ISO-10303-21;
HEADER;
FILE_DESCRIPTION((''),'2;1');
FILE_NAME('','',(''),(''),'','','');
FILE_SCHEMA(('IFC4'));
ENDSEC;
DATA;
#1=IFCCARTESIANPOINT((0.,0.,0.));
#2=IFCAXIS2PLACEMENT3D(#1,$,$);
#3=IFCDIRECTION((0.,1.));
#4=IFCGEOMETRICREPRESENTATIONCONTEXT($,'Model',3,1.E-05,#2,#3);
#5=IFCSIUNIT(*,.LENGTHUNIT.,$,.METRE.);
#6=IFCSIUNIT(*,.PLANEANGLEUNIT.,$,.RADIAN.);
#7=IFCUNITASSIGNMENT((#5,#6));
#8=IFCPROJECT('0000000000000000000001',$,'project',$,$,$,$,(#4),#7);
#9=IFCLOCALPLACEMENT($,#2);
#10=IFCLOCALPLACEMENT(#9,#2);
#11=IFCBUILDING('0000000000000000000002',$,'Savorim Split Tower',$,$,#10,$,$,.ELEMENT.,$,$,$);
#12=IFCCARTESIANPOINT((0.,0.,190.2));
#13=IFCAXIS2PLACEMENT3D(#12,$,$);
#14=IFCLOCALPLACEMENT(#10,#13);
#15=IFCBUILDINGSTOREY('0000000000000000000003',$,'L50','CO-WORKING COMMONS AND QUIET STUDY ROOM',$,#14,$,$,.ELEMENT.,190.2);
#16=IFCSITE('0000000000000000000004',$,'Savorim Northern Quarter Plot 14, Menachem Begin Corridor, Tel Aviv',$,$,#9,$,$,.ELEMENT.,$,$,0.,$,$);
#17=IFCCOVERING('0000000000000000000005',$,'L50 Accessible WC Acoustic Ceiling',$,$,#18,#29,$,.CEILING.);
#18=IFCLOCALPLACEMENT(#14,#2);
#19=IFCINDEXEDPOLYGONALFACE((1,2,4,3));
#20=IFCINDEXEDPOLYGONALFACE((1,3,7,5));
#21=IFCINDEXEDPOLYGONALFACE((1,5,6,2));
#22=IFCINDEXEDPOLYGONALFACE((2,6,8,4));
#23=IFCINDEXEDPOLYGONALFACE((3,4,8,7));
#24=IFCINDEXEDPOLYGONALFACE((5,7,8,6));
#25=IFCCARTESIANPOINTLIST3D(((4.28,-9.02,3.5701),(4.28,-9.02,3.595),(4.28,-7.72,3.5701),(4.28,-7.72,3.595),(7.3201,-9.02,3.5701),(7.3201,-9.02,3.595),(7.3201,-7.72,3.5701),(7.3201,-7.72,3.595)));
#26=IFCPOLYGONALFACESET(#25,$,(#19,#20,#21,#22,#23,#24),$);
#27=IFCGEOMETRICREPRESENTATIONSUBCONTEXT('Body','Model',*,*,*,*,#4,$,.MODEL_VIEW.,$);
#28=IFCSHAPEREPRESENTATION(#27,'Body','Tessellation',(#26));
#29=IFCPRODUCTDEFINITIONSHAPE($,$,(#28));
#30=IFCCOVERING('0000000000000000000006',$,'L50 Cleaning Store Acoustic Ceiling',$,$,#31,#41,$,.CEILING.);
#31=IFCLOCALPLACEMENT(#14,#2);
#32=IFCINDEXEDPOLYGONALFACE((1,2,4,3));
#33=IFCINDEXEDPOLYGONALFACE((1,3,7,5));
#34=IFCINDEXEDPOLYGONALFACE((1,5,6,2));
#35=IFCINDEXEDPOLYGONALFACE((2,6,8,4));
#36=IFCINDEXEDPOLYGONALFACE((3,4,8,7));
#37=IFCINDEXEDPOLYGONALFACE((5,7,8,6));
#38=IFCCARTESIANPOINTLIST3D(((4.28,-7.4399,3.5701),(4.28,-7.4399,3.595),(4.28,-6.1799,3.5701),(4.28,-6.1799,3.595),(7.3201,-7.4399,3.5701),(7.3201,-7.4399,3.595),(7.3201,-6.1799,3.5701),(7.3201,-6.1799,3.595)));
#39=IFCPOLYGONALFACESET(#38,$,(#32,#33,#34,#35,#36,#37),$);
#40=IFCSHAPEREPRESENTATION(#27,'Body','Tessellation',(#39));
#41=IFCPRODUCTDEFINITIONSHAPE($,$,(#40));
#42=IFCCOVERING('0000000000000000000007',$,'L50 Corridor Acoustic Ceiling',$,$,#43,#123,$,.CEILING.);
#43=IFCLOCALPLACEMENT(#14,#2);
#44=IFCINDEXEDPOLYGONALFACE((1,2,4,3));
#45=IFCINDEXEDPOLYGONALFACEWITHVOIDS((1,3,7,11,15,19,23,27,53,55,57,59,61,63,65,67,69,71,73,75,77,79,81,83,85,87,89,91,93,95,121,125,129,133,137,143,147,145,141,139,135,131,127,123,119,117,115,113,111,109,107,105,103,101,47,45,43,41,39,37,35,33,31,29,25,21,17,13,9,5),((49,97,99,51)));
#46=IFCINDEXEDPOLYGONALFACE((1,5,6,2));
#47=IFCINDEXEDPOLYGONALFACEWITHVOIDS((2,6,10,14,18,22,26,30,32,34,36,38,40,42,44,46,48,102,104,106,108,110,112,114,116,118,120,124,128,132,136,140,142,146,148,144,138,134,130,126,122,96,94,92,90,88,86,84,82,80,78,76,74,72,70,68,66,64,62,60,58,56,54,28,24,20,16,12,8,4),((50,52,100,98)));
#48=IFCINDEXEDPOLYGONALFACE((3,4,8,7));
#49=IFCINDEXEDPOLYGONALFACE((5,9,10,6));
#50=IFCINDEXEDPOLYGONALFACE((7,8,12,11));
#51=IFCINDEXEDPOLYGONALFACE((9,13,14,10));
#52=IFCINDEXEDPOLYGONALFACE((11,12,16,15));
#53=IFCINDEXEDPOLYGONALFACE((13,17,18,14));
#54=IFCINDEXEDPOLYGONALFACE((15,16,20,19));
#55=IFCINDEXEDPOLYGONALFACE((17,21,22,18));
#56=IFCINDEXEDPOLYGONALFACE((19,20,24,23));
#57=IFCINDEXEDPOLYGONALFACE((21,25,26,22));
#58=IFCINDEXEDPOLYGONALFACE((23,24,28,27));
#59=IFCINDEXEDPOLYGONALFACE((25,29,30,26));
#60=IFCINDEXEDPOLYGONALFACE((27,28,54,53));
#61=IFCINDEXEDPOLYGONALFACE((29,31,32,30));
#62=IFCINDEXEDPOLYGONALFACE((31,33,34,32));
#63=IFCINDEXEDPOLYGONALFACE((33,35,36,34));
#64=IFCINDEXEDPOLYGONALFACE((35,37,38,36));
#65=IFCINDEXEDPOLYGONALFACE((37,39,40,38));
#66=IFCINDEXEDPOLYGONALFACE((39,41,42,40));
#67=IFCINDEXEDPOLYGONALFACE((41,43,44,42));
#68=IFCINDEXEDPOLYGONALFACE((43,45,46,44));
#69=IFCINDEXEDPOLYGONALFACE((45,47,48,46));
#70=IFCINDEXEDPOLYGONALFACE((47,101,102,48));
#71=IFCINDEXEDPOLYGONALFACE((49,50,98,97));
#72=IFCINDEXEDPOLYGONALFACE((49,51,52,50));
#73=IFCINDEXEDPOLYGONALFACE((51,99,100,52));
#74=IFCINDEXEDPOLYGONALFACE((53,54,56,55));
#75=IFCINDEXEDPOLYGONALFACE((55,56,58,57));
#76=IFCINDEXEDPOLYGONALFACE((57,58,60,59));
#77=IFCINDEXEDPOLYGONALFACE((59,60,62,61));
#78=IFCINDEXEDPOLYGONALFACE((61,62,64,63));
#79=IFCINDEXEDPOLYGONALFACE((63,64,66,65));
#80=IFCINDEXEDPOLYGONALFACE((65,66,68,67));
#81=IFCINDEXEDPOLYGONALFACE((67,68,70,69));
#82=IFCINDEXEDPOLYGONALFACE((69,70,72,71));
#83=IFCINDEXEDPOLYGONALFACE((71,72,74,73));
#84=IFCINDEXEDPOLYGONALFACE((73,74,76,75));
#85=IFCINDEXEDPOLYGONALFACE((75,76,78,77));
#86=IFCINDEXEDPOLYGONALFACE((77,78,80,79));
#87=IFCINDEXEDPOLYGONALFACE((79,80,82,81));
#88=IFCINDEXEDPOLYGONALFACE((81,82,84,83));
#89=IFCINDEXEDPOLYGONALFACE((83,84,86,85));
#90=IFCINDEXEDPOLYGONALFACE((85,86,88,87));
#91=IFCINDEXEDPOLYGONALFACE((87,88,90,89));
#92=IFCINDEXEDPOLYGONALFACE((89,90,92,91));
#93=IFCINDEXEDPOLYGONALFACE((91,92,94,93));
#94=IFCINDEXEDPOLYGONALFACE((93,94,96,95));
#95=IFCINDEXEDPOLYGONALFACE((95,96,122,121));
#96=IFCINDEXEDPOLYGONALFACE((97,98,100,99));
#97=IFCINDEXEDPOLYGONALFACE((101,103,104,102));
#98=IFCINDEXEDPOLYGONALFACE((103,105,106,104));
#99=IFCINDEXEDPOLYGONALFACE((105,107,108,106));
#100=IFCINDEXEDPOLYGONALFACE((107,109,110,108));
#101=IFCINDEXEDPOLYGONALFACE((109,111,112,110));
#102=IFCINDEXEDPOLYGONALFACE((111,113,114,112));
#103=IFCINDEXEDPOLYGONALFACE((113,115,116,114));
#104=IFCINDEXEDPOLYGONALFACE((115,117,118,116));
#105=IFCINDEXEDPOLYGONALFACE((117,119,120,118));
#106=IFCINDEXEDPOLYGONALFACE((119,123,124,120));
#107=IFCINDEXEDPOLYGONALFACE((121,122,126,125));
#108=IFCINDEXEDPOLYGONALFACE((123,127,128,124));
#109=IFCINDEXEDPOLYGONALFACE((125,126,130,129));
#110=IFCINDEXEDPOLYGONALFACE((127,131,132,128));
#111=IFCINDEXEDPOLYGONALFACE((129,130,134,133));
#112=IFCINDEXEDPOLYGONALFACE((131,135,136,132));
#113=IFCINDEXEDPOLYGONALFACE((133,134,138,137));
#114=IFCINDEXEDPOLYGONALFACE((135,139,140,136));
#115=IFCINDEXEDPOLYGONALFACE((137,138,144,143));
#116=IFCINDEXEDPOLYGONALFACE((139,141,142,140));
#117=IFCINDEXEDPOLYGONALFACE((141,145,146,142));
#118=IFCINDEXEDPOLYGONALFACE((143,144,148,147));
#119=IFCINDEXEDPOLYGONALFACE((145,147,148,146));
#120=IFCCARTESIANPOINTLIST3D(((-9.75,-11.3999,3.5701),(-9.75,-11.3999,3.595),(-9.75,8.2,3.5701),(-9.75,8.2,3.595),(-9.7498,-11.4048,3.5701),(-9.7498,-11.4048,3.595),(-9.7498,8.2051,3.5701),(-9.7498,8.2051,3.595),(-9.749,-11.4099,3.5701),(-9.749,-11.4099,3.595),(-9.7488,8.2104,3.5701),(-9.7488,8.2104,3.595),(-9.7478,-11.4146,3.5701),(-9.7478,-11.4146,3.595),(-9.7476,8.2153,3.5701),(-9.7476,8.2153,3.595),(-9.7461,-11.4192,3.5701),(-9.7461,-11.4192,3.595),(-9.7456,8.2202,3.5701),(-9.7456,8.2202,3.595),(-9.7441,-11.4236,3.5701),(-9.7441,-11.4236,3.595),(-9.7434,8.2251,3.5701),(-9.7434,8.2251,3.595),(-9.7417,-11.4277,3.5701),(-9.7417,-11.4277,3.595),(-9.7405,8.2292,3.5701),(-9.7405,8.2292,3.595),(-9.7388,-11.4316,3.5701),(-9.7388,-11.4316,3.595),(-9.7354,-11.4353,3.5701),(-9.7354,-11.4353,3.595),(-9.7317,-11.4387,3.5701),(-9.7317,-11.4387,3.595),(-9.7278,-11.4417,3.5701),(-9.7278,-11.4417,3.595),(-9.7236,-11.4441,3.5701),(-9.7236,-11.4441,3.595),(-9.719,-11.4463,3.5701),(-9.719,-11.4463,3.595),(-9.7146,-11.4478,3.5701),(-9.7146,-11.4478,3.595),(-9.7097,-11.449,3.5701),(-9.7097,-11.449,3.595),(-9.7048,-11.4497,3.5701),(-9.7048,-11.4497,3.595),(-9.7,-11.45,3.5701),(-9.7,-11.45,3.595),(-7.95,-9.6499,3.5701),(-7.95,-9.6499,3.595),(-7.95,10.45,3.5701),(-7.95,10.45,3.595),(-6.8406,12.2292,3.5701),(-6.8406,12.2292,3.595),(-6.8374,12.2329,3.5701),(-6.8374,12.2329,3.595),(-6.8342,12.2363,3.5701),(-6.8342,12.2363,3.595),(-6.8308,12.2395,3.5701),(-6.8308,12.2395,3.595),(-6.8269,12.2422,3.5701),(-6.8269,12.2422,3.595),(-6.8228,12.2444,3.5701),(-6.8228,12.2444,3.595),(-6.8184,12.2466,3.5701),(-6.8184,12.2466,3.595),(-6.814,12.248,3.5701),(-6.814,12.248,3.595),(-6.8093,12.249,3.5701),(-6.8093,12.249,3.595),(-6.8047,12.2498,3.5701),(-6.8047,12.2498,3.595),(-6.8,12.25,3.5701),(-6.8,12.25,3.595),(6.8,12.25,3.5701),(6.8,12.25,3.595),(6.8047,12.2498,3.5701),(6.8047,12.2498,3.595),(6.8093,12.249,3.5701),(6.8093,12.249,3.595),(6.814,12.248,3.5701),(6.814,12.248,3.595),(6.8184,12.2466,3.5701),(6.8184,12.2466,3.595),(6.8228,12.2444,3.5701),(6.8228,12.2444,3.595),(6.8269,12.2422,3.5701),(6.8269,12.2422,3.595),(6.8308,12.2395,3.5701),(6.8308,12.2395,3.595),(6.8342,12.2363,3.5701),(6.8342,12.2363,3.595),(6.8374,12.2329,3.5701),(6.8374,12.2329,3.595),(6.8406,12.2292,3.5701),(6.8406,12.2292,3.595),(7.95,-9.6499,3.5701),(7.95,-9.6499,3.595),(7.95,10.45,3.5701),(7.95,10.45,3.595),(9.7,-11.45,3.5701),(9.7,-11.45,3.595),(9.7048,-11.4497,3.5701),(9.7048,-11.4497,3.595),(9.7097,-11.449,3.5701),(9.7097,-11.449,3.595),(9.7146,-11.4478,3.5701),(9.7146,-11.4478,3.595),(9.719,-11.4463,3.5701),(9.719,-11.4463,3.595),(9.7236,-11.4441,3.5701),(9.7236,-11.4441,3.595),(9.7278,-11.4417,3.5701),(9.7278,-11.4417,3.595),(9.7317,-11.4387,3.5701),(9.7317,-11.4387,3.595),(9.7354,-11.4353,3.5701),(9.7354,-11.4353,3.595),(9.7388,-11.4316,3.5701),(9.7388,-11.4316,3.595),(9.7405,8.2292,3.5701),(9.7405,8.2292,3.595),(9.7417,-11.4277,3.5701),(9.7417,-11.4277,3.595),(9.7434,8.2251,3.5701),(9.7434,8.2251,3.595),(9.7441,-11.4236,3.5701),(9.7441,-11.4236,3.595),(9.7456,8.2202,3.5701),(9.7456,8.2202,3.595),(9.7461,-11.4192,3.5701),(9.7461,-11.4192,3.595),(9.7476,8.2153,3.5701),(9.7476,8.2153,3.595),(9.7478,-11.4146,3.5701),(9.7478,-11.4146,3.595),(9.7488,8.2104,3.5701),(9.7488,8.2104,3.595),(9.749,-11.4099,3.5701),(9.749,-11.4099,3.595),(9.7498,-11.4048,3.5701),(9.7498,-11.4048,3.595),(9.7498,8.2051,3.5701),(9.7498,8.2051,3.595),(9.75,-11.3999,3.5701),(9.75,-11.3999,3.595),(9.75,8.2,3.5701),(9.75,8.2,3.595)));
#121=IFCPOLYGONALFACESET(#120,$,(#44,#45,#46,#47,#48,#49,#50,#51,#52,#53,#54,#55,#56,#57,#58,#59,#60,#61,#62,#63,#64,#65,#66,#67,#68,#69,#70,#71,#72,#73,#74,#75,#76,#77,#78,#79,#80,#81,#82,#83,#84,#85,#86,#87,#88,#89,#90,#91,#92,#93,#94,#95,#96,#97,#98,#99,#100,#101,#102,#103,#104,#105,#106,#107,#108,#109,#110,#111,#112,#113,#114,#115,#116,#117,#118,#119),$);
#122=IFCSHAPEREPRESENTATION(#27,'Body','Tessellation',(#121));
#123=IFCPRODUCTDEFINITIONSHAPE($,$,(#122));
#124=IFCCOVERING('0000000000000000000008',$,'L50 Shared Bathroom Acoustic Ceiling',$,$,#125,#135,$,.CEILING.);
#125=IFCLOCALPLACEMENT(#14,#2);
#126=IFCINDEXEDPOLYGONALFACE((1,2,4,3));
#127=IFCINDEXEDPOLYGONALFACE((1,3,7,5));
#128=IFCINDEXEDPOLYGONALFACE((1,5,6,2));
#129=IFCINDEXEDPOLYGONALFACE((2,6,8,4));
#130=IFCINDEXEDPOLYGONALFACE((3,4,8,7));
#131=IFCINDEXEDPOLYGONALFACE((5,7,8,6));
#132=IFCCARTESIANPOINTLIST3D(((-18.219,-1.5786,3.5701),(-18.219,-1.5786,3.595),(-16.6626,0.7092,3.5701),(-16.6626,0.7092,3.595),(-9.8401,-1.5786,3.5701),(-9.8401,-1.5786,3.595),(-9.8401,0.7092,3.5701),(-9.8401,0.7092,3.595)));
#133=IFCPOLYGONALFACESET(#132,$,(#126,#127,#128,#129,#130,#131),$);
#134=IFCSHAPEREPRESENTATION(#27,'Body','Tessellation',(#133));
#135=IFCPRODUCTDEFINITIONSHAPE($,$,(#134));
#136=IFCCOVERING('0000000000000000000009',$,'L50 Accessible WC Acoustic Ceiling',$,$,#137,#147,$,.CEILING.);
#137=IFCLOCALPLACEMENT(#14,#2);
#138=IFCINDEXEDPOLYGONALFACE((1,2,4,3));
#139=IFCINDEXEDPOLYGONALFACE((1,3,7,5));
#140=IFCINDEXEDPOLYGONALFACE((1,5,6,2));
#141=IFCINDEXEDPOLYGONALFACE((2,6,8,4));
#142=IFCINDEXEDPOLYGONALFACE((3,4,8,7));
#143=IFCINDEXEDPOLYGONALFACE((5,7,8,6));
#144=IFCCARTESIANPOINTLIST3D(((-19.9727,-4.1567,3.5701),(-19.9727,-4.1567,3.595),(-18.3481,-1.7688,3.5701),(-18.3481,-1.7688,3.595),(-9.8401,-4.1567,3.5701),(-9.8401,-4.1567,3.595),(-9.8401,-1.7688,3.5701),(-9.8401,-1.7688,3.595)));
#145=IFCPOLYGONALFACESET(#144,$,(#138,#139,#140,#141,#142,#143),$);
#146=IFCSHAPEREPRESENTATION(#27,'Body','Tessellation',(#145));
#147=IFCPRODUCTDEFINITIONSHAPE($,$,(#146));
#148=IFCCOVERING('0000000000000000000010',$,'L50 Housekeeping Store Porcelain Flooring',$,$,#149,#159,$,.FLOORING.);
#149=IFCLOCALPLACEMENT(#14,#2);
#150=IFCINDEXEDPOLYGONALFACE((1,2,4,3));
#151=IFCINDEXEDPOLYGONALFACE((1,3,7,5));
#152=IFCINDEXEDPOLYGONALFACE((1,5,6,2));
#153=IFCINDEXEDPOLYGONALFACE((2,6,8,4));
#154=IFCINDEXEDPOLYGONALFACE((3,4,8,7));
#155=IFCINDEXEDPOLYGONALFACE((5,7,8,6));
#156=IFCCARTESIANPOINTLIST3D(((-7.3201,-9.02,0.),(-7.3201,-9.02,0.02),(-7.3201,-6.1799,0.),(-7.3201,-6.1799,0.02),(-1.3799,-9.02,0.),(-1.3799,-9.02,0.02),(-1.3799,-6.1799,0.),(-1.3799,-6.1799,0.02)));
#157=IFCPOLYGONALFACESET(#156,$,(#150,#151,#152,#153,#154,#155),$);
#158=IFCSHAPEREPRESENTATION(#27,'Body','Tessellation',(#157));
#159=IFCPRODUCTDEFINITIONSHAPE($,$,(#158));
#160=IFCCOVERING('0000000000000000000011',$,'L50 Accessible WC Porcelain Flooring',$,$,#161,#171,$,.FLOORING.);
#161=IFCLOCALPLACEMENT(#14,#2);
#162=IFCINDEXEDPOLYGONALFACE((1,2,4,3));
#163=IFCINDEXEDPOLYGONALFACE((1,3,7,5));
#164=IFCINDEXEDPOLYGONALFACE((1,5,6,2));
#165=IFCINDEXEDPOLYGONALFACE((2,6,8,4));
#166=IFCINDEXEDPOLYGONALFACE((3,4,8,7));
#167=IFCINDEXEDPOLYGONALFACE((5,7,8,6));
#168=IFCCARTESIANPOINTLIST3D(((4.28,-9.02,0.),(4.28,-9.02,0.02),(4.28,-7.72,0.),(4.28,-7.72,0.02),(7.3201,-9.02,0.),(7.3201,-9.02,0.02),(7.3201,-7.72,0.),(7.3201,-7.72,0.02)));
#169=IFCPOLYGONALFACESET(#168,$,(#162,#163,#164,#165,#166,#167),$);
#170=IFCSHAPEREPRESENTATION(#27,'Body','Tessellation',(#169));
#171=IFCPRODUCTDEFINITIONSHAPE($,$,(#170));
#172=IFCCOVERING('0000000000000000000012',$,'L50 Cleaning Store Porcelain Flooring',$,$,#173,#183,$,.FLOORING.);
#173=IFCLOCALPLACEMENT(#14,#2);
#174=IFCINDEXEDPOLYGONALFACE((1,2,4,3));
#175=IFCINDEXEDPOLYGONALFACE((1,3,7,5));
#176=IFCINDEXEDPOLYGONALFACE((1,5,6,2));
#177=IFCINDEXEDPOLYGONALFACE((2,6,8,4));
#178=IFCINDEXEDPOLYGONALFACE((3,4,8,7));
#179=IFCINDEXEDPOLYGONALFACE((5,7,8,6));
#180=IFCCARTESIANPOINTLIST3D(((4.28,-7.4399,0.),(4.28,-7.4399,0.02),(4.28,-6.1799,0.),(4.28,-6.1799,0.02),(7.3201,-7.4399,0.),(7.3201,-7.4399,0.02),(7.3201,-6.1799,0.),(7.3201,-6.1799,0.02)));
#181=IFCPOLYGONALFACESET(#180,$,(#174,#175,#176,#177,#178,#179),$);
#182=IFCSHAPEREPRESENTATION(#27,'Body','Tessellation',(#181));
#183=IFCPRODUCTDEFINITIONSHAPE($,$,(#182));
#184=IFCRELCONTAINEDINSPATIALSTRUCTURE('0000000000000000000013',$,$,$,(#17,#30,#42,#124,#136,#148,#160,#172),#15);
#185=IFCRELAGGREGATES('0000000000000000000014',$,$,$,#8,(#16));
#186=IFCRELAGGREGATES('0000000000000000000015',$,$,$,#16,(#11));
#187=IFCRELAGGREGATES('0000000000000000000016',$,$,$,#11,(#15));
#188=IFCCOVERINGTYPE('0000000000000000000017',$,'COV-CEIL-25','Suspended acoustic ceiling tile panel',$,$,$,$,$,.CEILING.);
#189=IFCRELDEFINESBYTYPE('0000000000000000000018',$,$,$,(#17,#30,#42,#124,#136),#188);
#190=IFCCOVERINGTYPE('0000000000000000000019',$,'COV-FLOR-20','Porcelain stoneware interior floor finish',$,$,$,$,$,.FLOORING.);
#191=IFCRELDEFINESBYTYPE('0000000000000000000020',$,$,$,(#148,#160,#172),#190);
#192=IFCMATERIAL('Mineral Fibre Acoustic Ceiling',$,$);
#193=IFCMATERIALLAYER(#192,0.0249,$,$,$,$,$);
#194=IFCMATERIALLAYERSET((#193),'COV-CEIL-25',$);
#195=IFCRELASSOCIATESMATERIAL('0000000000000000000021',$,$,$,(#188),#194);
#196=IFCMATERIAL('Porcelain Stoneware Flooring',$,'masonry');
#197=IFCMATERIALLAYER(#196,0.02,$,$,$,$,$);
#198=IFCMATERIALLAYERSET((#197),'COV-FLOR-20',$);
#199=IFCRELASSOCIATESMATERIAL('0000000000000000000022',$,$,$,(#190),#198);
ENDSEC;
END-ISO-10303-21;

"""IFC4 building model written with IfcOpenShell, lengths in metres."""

from ifc_helpers import new_model, si_unit, direction, frame, origin, place, context, subcontext, project, spatial, polyline, outline, extrude, material, layer, layer_set, type_object, element, save


model = new_model("IFC4")

# Units and contexts
model_context = context("Model", 3, precision=1e-05, world=origin(), true_north=direction((0.0, 1.0)))
body_context = subcontext(model_context, "Body", "Model", "MODEL_VIEW")
ifc_project = project(units=[si_unit("LENGTHUNIT", "METRE"), si_unit("PLANEANGLEUNIT", "RADIAN")], contexts=[model_context])

# Site, building, storey
site_placement = place(None, origin())
site = spatial("IfcSite", under=ifc_project, at=site_placement, Name="Savorim Northern Quarter Plot 14, Menachem Begin Corridor, Tel Aviv", CompositionType="ELEMENT", RefElevation=0.0)
building_placement = place(site_placement, origin())
building = spatial("IfcBuilding", under=site, at=building_placement, Name="Savorim Split Tower", CompositionType="ELEMENT")
storey_placement = place(building_placement, frame((0.0, 0.0, 190.2)))
storey = spatial("IfcBuildingStorey", under=building, at=storey_placement, Name="L50", Description="CO-WORKING COMMONS AND QUIET STUDY ROOM", CompositionType="ELEMENT", Elevation=190.2)

# Coverings
ifc_material_1 = material(Name="Mineral Fibre Acoustic Ceiling")
ifc_layer_1 = layer(ifc_material_1, 0.0249)
ifc_layer_set_1 = layer_set([ifc_layer_1], Name="COV-CEIL-25")
covering_type_1 = type_object("IfcCoveringType", Name="COV-CEIL-25", Description="Suspended acoustic ceiling tile panel", PredefinedType="CEILING", material=ifc_layer_set_1)
covering_1_placement = place(storey_placement, frame((0.0, 0.0, 3.5701)))
element("IfcCovering", 1, at=covering_1_placement, inside=storey, type_object=covering_type_1, Name="L50 Accessible WC Acoustic Ceiling", PredefinedType="CEILING", context=body_context, shape_type="SweptSolid", body=[
    extrude(outline(polyline([(4.28, -7.72), (4.28, -9.02), (7.3201, -9.02), (7.3201, -7.72), (4.28, -7.72)])), origin(), (0.0, 0.0, 1.0), 0.0249),
])
covering_2_placement = place(storey_placement, frame((0.0, 0.0, 3.5701)))
element("IfcCovering", 2, at=covering_2_placement, inside=storey, type_object=covering_type_1, Name="L50 Cleaning Store Acoustic Ceiling", PredefinedType="CEILING", context=body_context, shape_type="SweptSolid", body=[
    extrude(outline(polyline([(4.28, -6.1799), (4.28, -7.4399), (7.3201, -7.4399), (7.3201, -6.1799), (4.28, -6.1799)])), origin(), (0.0, 0.0, 1.0), 0.0249),
])
covering_3_placement = place(storey_placement, frame((0.0, 0.0, 3.5701)))
element("IfcCovering", 3, at=covering_3_placement, inside=storey, type_object=covering_type_1, Name="L50 Corridor Acoustic Ceiling", PredefinedType="CEILING", context=body_context, shape_type="SweptSolid", body=[
    extrude(outline(polyline([(6.8093, 12.249), (6.8047, 12.2498), (6.8, 12.25), (-6.8, 12.25), (-6.8047, 12.2498), (-6.8093, 12.249), (-6.814, 12.248), (-6.8184, 12.2466), (-6.8228, 12.2444), (-6.8269, 12.2422), (-6.8308, 12.2395), (-6.8342, 12.2363), (-6.8374, 12.2329), (-6.8406, 12.2292), (-9.7405, 8.2292), (-9.7434, 8.2251), (-9.7456, 8.2202), (-9.7476, 8.2153), (-9.7488, 8.2104), (-9.7498, 8.2051), (-9.75, 8.2), (-9.75, -11.3999), (-9.7498, -11.4048), (-9.749, -11.4099), (-9.7478, -11.4146), (-9.7461, -11.4192), (-9.7441, -11.4236), (-9.7417, -11.4277), (-9.7388, -11.4316), (-9.7354, -11.4353), (-9.7317, -11.4387), (-9.7278, -11.4417), (-9.7236, -11.4441), (-9.719, -11.4463), (-9.7146, -11.4478), (-9.7097, -11.449), (-9.7048, -11.4497), (-9.7, -11.45), (9.7, -11.45), (9.7048, -11.4497), (9.7097, -11.449), (9.7146, -11.4478), (9.719, -11.4463), (9.7236, -11.4441), (9.7278, -11.4417), (9.7317, -11.4387), (9.7354, -11.4353), (9.7388, -11.4316), (9.7417, -11.4277), (9.7441, -11.4236), (9.7461, -11.4192), (9.7478, -11.4146), (9.749, -11.4099), (9.7498, -11.4048), (9.75, -11.3999), (9.75, 8.2), (9.7498, 8.2051), (9.7488, 8.2104), (9.7476, 8.2153), (9.7456, 8.2202), (9.7434, 8.2251), (9.7405, 8.2292), (6.8406, 12.2292), (6.8374, 12.2329), (6.8342, 12.2363), (6.8308, 12.2395), (6.8269, 12.2422), (6.8228, 12.2444), (6.8184, 12.2466), (6.814, 12.248), (6.8093, 12.249)]), holes=[polyline([(-7.95, 10.45), (-7.95, -9.6499), (7.95, -9.6499), (7.95, 10.45), (-7.95, 10.45)])]), origin(), (0.0, 0.0, 1.0), 0.0249),
])
covering_4_placement = place(storey_placement, frame((0.0, 0.0, 3.5701)))
element("IfcCovering", 4, at=covering_4_placement, inside=storey, type_object=covering_type_1, Name="L50 Shared Bathroom Acoustic Ceiling", PredefinedType="CEILING", context=body_context, shape_type="SweptSolid", body=[
    extrude(outline(polyline([(-16.6626, 0.7092), (-18.219, -1.5786), (-9.8401, -1.5786), (-9.8401, 0.7092), (-16.6626, 0.7092)])), origin(), (0.0, 0.0, 1.0), 0.0249),
])
covering_5_placement = place(storey_placement, frame((0.0, 0.0, 3.5701)))
element("IfcCovering", 5, at=covering_5_placement, inside=storey, type_object=covering_type_1, Name="L50 Accessible WC Acoustic Ceiling", PredefinedType="CEILING", context=body_context, shape_type="SweptSolid", body=[
    extrude(outline(polyline([(-18.3481, -1.7688), (-19.9727, -4.1567), (-9.8401, -4.1567), (-9.8401, -1.7688), (-18.3481, -1.7688)])), origin(), (0.0, 0.0, 1.0), 0.0249),
])
ifc_material_2 = material(Name="Porcelain Stoneware Flooring", Category="masonry")
ifc_layer_2 = layer(ifc_material_2, 0.02)
ifc_layer_set_2 = layer_set([ifc_layer_2], Name="COV-FLOR-20")
covering_type_2 = type_object("IfcCoveringType", Name="COV-FLOR-20", Description="Porcelain stoneware interior floor finish", PredefinedType="FLOORING", material=ifc_layer_set_2)
covering_6_placement = place(storey_placement, origin())
element("IfcCovering", 6, at=covering_6_placement, inside=storey, type_object=covering_type_2, Name="L50 Housekeeping Store Porcelain Flooring", PredefinedType="FLOORING", context=body_context, shape_type="SweptSolid", body=[
    extrude(outline(polyline([(-7.3201, -6.1799), (-7.3201, -9.02), (-1.3799, -9.02), (-1.3799, -6.1799), (-7.3201, -6.1799)])), origin(), (0.0, 0.0, 1.0), 0.02),
])
covering_7_placement = place(storey_placement, origin())
element("IfcCovering", 7, at=covering_7_placement, inside=storey, type_object=covering_type_2, Name="L50 Accessible WC Porcelain Flooring", PredefinedType="FLOORING", context=body_context, shape_type="SweptSolid", body=[
    extrude(outline(polyline([(4.28, -7.72), (4.28, -9.02), (7.3201, -9.02), (7.3201, -7.72), (4.28, -7.72)])), origin(), (0.0, 0.0, 1.0), 0.02),
])
covering_8_placement = place(storey_placement, origin())
element("IfcCovering", 8, at=covering_8_placement, inside=storey, type_object=covering_type_2, Name="L50 Cleaning Store Porcelain Flooring", PredefinedType="FLOORING", context=body_context, shape_type="SweptSolid", body=[
    extrude(outline(polyline([(4.28, -6.1799), (4.28, -7.4399), (7.3201, -7.4399), (7.3201, -6.1799), (4.28, -6.1799)])), origin(), (0.0, 0.0, 1.0), 0.02),
])

save(model, "model.ifc")
